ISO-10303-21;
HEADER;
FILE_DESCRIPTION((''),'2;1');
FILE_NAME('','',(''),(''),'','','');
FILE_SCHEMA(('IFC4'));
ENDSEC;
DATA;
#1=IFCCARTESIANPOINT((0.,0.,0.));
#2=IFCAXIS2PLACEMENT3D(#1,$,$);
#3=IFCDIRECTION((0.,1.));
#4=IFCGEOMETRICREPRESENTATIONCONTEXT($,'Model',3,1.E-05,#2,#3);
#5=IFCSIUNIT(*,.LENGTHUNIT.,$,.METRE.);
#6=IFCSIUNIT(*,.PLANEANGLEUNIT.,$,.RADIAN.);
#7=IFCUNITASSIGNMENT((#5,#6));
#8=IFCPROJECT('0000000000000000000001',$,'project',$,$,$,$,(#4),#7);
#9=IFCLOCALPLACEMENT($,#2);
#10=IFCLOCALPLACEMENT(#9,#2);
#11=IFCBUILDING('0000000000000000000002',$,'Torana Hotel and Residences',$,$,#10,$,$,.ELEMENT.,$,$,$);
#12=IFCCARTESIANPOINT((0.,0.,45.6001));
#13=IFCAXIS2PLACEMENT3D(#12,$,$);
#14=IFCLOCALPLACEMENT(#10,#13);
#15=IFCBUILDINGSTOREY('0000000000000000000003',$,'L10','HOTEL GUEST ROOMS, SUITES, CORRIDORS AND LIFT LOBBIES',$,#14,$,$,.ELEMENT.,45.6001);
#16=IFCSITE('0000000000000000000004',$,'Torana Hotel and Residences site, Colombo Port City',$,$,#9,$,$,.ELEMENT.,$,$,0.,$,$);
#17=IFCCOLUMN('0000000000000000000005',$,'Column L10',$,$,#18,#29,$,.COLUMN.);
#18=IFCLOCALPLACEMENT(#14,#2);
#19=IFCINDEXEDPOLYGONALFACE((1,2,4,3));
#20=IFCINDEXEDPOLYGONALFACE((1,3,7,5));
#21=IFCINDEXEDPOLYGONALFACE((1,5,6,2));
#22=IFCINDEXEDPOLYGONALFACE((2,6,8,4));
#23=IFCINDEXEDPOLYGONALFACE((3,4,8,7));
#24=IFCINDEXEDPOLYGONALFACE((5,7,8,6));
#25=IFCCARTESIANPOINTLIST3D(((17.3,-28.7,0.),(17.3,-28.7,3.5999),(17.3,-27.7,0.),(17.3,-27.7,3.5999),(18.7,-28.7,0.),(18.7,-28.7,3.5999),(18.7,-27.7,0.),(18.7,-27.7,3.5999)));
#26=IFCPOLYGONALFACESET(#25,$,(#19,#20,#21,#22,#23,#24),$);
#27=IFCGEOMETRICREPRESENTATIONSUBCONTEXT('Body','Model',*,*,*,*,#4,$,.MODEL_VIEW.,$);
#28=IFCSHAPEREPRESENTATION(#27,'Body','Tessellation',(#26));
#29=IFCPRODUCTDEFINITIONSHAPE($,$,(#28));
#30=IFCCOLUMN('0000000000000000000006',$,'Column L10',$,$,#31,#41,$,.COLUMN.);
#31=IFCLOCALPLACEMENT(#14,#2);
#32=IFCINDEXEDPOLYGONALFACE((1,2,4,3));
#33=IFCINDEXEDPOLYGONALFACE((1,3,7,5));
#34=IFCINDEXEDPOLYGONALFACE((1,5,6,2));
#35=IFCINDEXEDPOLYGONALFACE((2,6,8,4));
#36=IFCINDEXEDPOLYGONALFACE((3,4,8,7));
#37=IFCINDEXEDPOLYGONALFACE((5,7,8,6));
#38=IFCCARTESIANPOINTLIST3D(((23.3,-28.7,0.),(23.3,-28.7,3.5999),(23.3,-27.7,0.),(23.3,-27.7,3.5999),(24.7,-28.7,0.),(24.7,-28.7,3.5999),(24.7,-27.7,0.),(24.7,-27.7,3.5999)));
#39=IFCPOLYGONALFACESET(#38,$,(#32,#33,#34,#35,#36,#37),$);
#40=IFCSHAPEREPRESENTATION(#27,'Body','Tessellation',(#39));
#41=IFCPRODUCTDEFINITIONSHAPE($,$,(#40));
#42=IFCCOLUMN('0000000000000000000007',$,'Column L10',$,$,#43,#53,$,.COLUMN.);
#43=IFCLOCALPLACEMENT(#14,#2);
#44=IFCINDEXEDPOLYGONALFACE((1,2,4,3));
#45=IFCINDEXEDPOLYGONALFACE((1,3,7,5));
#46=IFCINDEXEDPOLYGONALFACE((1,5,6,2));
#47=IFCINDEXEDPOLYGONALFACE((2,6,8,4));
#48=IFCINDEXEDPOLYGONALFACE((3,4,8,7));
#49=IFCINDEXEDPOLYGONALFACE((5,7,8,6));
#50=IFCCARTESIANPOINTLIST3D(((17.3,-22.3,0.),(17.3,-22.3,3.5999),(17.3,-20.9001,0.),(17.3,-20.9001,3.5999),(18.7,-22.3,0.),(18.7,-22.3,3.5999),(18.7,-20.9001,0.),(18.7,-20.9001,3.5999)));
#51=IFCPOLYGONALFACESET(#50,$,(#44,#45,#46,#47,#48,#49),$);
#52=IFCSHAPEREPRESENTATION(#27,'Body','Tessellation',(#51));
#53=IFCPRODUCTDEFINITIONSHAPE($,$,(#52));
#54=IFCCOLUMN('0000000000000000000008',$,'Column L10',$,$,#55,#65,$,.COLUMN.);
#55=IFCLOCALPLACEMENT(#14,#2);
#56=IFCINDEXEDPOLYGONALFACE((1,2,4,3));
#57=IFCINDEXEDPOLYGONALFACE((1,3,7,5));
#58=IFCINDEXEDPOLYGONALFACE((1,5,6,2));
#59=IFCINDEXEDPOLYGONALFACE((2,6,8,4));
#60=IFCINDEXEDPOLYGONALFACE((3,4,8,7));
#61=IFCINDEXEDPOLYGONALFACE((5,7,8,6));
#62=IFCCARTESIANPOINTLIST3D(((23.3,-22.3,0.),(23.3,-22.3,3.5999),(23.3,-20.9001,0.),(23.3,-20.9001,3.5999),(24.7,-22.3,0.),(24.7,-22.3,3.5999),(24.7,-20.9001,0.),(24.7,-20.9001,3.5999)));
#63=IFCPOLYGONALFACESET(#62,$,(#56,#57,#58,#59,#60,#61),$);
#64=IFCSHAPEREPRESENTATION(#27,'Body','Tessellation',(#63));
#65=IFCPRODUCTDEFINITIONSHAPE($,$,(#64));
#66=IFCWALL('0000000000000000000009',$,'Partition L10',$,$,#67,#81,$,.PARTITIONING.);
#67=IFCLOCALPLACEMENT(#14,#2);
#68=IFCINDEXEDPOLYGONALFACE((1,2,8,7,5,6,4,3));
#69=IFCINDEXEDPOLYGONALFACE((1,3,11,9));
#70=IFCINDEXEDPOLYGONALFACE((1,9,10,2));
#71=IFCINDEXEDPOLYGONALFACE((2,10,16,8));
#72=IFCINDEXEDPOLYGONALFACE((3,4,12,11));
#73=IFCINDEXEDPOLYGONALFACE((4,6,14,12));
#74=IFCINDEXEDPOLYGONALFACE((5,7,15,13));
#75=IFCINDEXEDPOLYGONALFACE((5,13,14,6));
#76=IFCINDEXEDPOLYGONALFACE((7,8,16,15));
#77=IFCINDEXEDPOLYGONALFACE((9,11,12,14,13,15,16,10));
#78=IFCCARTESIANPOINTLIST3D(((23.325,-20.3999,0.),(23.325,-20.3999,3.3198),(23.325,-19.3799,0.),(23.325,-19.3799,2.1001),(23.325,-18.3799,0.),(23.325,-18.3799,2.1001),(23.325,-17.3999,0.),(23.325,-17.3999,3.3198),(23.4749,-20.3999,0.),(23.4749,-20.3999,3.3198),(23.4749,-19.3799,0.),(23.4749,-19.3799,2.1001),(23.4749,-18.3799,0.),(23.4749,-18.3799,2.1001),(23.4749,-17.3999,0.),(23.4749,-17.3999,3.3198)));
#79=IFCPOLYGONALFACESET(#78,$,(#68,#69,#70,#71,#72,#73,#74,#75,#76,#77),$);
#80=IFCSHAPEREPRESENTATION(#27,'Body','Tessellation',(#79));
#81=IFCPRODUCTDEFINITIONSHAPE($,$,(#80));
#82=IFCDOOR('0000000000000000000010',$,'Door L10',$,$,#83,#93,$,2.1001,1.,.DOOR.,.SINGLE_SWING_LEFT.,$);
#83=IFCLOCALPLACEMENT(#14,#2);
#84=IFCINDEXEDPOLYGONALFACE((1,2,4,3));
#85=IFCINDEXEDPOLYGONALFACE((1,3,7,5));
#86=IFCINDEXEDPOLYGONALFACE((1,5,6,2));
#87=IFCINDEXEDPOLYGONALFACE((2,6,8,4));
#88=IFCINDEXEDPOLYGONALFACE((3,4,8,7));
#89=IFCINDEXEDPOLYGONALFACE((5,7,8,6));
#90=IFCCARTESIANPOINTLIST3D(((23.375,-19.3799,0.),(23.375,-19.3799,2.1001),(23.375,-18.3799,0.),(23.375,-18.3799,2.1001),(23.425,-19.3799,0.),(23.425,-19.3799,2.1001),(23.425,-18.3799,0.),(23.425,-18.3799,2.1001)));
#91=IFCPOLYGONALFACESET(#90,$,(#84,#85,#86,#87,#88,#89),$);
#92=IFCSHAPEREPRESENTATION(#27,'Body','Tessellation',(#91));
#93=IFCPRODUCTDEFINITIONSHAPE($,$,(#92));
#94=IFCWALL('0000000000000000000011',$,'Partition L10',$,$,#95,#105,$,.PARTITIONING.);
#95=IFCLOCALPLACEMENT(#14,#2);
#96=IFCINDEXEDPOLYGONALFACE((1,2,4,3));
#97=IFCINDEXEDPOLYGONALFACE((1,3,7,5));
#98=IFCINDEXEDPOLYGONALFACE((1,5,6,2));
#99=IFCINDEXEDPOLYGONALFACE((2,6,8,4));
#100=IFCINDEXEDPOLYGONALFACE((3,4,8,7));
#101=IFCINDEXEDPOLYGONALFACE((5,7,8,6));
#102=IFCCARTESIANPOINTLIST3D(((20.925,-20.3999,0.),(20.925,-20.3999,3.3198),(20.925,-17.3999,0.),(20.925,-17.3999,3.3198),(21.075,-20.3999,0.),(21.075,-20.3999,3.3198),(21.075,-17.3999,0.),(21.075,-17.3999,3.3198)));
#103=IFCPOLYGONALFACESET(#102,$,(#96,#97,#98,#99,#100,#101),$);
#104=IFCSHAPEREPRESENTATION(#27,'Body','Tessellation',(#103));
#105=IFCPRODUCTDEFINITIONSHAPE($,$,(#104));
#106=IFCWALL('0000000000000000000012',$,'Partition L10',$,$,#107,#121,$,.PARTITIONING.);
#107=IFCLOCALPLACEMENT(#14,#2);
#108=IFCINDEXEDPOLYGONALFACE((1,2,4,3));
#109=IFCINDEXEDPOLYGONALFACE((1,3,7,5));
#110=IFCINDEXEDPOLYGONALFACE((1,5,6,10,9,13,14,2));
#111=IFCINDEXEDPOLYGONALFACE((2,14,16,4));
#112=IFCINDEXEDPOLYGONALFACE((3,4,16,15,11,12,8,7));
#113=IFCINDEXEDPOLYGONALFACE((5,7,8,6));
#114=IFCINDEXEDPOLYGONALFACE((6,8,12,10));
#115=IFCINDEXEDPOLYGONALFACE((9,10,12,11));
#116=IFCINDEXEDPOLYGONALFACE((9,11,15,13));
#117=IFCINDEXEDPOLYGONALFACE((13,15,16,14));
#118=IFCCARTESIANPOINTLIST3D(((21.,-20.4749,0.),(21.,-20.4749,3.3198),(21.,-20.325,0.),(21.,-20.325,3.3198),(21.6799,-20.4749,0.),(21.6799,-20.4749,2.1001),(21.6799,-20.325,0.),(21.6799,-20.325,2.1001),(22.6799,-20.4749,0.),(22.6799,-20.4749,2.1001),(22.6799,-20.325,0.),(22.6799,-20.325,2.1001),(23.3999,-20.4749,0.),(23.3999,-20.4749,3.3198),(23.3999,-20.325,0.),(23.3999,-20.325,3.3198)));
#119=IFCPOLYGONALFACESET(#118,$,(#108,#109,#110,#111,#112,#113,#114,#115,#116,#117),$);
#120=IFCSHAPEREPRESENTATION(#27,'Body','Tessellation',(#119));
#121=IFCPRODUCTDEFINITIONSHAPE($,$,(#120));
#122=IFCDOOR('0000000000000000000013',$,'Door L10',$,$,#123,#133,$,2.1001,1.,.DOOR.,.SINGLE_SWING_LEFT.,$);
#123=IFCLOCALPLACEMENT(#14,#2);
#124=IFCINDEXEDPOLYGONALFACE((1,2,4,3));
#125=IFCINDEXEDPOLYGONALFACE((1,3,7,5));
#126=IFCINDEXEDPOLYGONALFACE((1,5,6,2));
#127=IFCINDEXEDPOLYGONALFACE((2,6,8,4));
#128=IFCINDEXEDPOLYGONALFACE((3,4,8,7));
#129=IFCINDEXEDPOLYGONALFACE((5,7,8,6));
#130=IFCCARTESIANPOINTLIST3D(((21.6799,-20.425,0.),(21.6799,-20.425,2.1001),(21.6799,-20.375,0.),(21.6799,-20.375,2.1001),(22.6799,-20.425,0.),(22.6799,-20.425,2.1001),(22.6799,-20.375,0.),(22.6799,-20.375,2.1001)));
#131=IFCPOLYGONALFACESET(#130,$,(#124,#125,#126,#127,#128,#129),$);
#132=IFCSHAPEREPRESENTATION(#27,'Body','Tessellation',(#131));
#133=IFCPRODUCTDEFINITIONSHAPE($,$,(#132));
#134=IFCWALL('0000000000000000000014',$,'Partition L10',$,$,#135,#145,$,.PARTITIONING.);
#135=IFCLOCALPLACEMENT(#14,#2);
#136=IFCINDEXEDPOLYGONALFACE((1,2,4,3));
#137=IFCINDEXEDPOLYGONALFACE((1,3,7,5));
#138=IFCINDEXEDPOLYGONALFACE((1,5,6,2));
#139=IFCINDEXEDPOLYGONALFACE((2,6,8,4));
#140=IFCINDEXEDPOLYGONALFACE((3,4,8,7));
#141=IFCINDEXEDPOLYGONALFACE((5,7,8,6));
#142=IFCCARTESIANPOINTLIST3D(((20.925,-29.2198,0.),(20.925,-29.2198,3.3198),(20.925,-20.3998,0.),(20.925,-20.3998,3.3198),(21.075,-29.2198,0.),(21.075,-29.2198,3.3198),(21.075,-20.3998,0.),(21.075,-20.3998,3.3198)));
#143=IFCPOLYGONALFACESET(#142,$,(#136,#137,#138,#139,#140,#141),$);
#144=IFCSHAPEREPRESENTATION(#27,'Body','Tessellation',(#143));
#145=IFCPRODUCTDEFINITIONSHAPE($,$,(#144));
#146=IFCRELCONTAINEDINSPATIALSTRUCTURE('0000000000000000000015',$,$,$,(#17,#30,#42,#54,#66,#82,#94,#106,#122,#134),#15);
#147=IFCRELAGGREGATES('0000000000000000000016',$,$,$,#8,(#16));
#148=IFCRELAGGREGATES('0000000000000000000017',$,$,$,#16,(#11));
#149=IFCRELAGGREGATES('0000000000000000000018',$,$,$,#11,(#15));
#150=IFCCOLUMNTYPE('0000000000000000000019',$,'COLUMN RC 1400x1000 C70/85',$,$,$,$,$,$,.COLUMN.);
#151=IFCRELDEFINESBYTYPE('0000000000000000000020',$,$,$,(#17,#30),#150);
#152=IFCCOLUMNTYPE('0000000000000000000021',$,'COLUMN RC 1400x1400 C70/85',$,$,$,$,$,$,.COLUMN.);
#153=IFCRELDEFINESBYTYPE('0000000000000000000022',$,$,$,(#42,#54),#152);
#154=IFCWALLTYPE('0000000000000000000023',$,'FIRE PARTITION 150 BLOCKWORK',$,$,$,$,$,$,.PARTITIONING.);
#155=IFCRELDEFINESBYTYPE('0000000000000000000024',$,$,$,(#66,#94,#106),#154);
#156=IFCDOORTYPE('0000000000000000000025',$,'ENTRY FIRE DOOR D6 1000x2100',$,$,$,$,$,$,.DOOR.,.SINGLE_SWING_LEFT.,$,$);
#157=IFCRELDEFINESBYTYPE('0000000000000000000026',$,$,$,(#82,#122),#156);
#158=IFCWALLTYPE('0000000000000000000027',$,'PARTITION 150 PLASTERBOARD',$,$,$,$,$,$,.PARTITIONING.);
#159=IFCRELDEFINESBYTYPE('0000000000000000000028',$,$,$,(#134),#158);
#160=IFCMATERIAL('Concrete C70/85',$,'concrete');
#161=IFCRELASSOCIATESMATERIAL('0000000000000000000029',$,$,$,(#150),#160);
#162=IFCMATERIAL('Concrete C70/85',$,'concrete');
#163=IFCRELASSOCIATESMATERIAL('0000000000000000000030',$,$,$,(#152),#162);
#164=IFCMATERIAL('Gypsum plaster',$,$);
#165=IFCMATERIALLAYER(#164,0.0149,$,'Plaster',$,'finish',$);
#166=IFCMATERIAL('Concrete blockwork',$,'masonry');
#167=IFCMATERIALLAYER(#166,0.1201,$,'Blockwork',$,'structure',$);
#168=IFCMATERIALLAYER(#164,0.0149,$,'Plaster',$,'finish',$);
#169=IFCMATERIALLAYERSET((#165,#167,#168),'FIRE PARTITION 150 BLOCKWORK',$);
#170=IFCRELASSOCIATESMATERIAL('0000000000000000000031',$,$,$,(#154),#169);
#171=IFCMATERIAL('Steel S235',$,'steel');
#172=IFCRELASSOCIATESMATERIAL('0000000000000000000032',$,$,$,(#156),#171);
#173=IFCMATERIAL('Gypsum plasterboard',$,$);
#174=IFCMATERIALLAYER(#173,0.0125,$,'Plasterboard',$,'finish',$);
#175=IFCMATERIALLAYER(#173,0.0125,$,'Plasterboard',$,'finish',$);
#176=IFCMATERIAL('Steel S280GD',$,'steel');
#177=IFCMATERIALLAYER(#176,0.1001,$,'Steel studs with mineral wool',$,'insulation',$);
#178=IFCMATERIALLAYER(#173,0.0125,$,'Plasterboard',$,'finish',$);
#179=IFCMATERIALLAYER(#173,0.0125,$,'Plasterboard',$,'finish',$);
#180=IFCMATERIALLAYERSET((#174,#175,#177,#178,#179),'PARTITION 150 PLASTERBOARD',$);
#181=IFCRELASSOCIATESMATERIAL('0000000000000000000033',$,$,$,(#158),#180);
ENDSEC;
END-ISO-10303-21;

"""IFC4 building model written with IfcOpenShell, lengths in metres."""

from ifc_helpers import new_model, si_unit, direction, frame, frame_2d, origin, origin_2d, place, context, subcontext, project, spatial, rectangle, extrude, material, layer, layer_set, material_profile, profile_set, type_object, element, fill, save


model = new_model("IFC4")

# Units and contexts
model_context = context("Model", 3, precision=1e-05, world=origin(), true_north=direction((0.0, 1.0)))
body_context = subcontext(model_context, "Body", "Model", "MODEL_VIEW")
ifc_project = project(units=[si_unit("LENGTHUNIT", "METRE"), si_unit("PLANEANGLEUNIT", "RADIAN")], contexts=[model_context])

# Site, building, storey
site_placement = place(None, origin())
site = spatial("IfcSite", under=ifc_project, at=site_placement, Name="Torana Hotel and Residences site, Colombo Port City", CompositionType="ELEMENT", RefElevation=0.0)
building_placement = place(site_placement, origin())
building = spatial("IfcBuilding", under=site, at=building_placement, Name="Torana Hotel and Residences", CompositionType="ELEMENT")
storey_placement = place(building_placement, frame((0.0, 0.0, 45.6001)))
storey = spatial("IfcBuildingStorey", under=building, at=storey_placement, Name="L10", Description="HOTEL GUEST ROOMS, SUITES, CORRIDORS AND LIFT LOBBIES", CompositionType="ELEMENT", Elevation=45.6001)

# Columns
ifc_material_1 = material(Name="Concrete C70/85", Category="concrete")
ifc_material_profile_1 = material_profile(ifc_material_1, rectangle(XDim=1.3999, YDim=1.0, at=origin_2d()), Name="RC 1400x1000")
ifc_profile_set_1 = profile_set([ifc_material_profile_1], Name="Concrete C70/85")
column_type_1 = type_object("IfcColumnType", Name="COLUMN RC 1400x1000 C70/85", PredefinedType="COLUMN", material=ifc_profile_set_1)
for number, where, z_axis, x_axis, name in (
    (1, (18.0, -28.2, 0.0), (0.0, 0.0, 1.0), (1.0, 0.0, 0.0), "Column L10"),
    (2, (24.0, -28.2, 0.0), (0.0, 0.0, 1.0), (1.0, 0.0, 0.0), "Column L10"),
):
    element("IfcColumn", number, at=place(storey_placement, frame(where, z_axis=z_axis, x_axis=x_axis)), inside=storey, type_object=column_type_1, Name=name, PredefinedType="COLUMN", context=body_context, shape_type="SweptSolid", body=[
        extrude(rectangle(XDim=1.3999, YDim=1.0, at=origin_2d()), origin(), (0.0, 0.0, 1.0), 3.5999),
    ])
ifc_material_2 = material(Name="Concrete C70/85", Category="concrete")
ifc_material_profile_2 = material_profile(ifc_material_2, rectangle(XDim=1.3999, YDim=1.3999, at=origin_2d()), Name="RC 1400x1400")
ifc_profile_set_2 = profile_set([ifc_material_profile_2], Name="Concrete C70/85")
column_type_2 = type_object("IfcColumnType", Name="COLUMN RC 1400x1400 C70/85", PredefinedType="COLUMN", material=ifc_profile_set_2)
for number, where, z_axis, x_axis, name in (
    (3, (18.0, -21.6001, 0.0), (0.0, 0.0, 1.0), (1.0, 0.0, 0.0), "Column L10"),
    (4, (24.0, -21.6001, 0.0), (0.0, 0.0, 1.0), (1.0, 0.0, 0.0), "Column L10"),
):
    element("IfcColumn", number, at=place(storey_placement, frame(where, z_axis=z_axis, x_axis=x_axis)), inside=storey, type_object=column_type_2, Name=name, PredefinedType="COLUMN", context=body_context, shape_type="SweptSolid", body=[
        extrude(rectangle(XDim=1.3999, YDim=1.3999, at=origin_2d()), origin(), (0.0, 0.0, 1.0), 3.5999),
    ])

# Wall, opening, door
ifc_material_3 = material(Name="Gypsum plaster")
ifc_layer_1 = layer(ifc_material_3, 0.0149, Name="Plaster", Category="finish")
ifc_material_4 = material(Name="Concrete blockwork", Category="masonry")
ifc_layer_2 = layer(ifc_material_4, 0.1201, Name="Blockwork", Category="structure")
ifc_layer_3 = layer(ifc_material_3, 0.0149, Name="Plaster", Category="finish")
ifc_layer_set_1 = layer_set([ifc_layer_1, ifc_layer_2, ifc_layer_3], Name="FIRE PARTITION 150 BLOCKWORK")
wall_type_1 = type_object("IfcWallType", Name="FIRE PARTITION 150 BLOCKWORK", PredefinedType="PARTITIONING", material=ifc_layer_set_1)
wall_1_placement = place(storey_placement, frame((23.3999, -20.3999, 0.0), z_axis=(0.0, 0.0, 1.0), x_axis=(0.0, 1.0, 0.0)))
wall_1 = element("IfcWall", 5, at=wall_1_placement, inside=storey, type_object=wall_type_1, Name="Partition L10", PredefinedType="PARTITIONING", context=body_context, shape_type="SweptSolid", body=[
    extrude(rectangle(XDim=3.0, YDim=0.1499, at=frame_2d((1.5, 0.0))), origin(), (0.0, 0.0, 1.0), 3.3198),
])
opening_1_placement = place(wall_1_placement, frame((1.02, 0.0, 0.0)))
opening_1 = element("IfcOpeningElement", 6, at=opening_1_placement, cuts=wall_1, PredefinedType="OPENING", context=body_context, shape_type="SweptSolid", body=[
    extrude(rectangle(XDim=1.0, YDim=2.1001, at=frame_2d((0.5, 1.05))), frame((0.0, 0.085, 0.0), z_axis=(0.0, -1.0, 0.0), x_axis=(1.0, 0.0, 0.0)), (0.0, 0.0, 1.0), 0.1699),
])
ifc_material_5 = material(Name="Steel S235", Category="steel")
door_type_1 = type_object("IfcDoorType", Name="ENTRY FIRE DOOR D6 1000x2100", OperationType="SINGLE_SWING_LEFT", PredefinedType="DOOR", material=ifc_material_5)
door_1_placement = place(opening_1_placement, frame((0.5, 0.0, 0.0), z_axis=(0.0, 0.0, 1.0), x_axis=(-1.0, 0.0, 0.0)))
door_1 = element("IfcDoor", 7, at=door_1_placement, inside=storey, type_object=door_type_1, Name="Door L10", OperationType="SINGLE_SWING_LEFT", OverallHeight=2.1001, OverallWidth=1.0, PredefinedType="DOOR", context=body_context, shape_type="SweptSolid", body=[
    extrude(rectangle(XDim=1.0, YDim=2.1001, at=frame_2d((0.0, 1.05))), frame((0.0, -0.0249, 0.0), z_axis=(0.0, 1.0, 0.0), x_axis=(-1.0, 0.0, 0.0)), (0.0, 0.0, 1.0), 0.05),
])
fill(opening_1, door_1)

# Wall
wall_2_placement = place(storey_placement, frame((21.0, -20.3999, 0.0), z_axis=(0.0, 0.0, 1.0), x_axis=(0.0, 1.0, 0.0)))
element("IfcWall", 8, at=wall_2_placement, inside=storey, type_object=wall_type_1, Name="Partition L10", PredefinedType="PARTITIONING", context=body_context, shape_type="SweptSolid", body=[
    extrude(rectangle(XDim=3.0, YDim=0.1499, at=frame_2d((1.5, 0.0))), origin(), (0.0, 0.0, 1.0), 3.3198),
])

# Wall, opening, door
wall_3_placement = place(storey_placement, frame((21.0, -20.3999, 0.0), z_axis=(0.0, 0.0, 1.0), x_axis=(1.0, 0.0, 0.0)))
wall_3 = element("IfcWall", 9, at=wall_3_placement, inside=storey, type_object=wall_type_1, Name="Partition L10", PredefinedType="PARTITIONING", context=body_context, shape_type="SweptSolid", body=[
    extrude(rectangle(XDim=2.3999, YDim=0.1499, at=frame_2d((1.2, 0.0))), origin(), (0.0, 0.0, 1.0), 3.3198),
])
opening_2_placement = place(wall_3_placement, frame((0.6799, 0.0, 0.0)))
opening_2 = element("IfcOpeningElement", 10, at=opening_2_placement, cuts=wall_3, PredefinedType="OPENING", context=body_context, shape_type="SweptSolid", body=[
    extrude(rectangle(XDim=1.0, YDim=2.1001, at=frame_2d((0.5, 1.05))), frame((0.0, 0.085, 0.0), z_axis=(0.0, -1.0, 0.0), x_axis=(1.0, 0.0, 0.0)), (0.0, 0.0, 1.0), 0.1699),
])
door_2_placement = place(opening_2_placement, frame((0.5, 0.0, 0.0), z_axis=(0.0, 0.0, 1.0), x_axis=(-1.0, 0.0, 0.0)))
door_2 = element("IfcDoor", 11, at=door_2_placement, inside=storey, type_object=door_type_1, Name="Door L10", OperationType="SINGLE_SWING_LEFT", OverallHeight=2.1001, OverallWidth=1.0, PredefinedType="DOOR", context=body_context, shape_type="SweptSolid", body=[
    extrude(rectangle(XDim=1.0, YDim=2.1001, at=frame_2d((0.0, 1.05))), frame((0.0, -0.0249, 0.0), z_axis=(0.0, 1.0, 0.0), x_axis=(-1.0, 0.0, 0.0)), (0.0, 0.0, 1.0), 0.05),
])
fill(opening_2, door_2)

# Wall
ifc_material_6 = material(Name="Gypsum plasterboard")
ifc_layer_4 = layer(ifc_material_6, 0.0125, Name="Plasterboard", Category="finish")
ifc_layer_5 = layer(ifc_material_6, 0.0125, Name="Plasterboard", Category="finish")
ifc_material_7 = material(Name="Steel S280GD", Category="steel")
ifc_layer_6 = layer(ifc_material_7, 0.1001, Name="Steel studs with mineral wool", Category="insulation")
ifc_layer_7 = layer(ifc_material_6, 0.0125, Name="Plasterboard", Category="finish")
ifc_layer_8 = layer(ifc_material_6, 0.0125, Name="Plasterboard", Category="finish")
ifc_layer_set_2 = layer_set([ifc_layer_4, ifc_layer_5, ifc_layer_6, ifc_layer_7, ifc_layer_8], Name="PARTITION 150 PLASTERBOARD")
wall_type_2 = type_object("IfcWallType", Name="PARTITION 150 PLASTERBOARD", PredefinedType="PARTITIONING", material=ifc_layer_set_2)
wall_4_placement = place(storey_placement, frame((21.0, -29.22, 0.0), z_axis=(0.0, 0.0, 1.0), x_axis=(0.0, 1.0, 0.0)))
element("IfcWall", 12, at=wall_4_placement, inside=storey, type_object=wall_type_2, Name="Partition L10", PredefinedType="PARTITIONING", context=body_context, shape_type="SweptSolid", body=[
    extrude(rectangle(XDim=8.8201, YDim=0.1499, at=frame_2d((4.4102, 0.0))), origin(), (0.0, 0.0, 1.0), 3.3198),
])

save(model, "model.ifc")
